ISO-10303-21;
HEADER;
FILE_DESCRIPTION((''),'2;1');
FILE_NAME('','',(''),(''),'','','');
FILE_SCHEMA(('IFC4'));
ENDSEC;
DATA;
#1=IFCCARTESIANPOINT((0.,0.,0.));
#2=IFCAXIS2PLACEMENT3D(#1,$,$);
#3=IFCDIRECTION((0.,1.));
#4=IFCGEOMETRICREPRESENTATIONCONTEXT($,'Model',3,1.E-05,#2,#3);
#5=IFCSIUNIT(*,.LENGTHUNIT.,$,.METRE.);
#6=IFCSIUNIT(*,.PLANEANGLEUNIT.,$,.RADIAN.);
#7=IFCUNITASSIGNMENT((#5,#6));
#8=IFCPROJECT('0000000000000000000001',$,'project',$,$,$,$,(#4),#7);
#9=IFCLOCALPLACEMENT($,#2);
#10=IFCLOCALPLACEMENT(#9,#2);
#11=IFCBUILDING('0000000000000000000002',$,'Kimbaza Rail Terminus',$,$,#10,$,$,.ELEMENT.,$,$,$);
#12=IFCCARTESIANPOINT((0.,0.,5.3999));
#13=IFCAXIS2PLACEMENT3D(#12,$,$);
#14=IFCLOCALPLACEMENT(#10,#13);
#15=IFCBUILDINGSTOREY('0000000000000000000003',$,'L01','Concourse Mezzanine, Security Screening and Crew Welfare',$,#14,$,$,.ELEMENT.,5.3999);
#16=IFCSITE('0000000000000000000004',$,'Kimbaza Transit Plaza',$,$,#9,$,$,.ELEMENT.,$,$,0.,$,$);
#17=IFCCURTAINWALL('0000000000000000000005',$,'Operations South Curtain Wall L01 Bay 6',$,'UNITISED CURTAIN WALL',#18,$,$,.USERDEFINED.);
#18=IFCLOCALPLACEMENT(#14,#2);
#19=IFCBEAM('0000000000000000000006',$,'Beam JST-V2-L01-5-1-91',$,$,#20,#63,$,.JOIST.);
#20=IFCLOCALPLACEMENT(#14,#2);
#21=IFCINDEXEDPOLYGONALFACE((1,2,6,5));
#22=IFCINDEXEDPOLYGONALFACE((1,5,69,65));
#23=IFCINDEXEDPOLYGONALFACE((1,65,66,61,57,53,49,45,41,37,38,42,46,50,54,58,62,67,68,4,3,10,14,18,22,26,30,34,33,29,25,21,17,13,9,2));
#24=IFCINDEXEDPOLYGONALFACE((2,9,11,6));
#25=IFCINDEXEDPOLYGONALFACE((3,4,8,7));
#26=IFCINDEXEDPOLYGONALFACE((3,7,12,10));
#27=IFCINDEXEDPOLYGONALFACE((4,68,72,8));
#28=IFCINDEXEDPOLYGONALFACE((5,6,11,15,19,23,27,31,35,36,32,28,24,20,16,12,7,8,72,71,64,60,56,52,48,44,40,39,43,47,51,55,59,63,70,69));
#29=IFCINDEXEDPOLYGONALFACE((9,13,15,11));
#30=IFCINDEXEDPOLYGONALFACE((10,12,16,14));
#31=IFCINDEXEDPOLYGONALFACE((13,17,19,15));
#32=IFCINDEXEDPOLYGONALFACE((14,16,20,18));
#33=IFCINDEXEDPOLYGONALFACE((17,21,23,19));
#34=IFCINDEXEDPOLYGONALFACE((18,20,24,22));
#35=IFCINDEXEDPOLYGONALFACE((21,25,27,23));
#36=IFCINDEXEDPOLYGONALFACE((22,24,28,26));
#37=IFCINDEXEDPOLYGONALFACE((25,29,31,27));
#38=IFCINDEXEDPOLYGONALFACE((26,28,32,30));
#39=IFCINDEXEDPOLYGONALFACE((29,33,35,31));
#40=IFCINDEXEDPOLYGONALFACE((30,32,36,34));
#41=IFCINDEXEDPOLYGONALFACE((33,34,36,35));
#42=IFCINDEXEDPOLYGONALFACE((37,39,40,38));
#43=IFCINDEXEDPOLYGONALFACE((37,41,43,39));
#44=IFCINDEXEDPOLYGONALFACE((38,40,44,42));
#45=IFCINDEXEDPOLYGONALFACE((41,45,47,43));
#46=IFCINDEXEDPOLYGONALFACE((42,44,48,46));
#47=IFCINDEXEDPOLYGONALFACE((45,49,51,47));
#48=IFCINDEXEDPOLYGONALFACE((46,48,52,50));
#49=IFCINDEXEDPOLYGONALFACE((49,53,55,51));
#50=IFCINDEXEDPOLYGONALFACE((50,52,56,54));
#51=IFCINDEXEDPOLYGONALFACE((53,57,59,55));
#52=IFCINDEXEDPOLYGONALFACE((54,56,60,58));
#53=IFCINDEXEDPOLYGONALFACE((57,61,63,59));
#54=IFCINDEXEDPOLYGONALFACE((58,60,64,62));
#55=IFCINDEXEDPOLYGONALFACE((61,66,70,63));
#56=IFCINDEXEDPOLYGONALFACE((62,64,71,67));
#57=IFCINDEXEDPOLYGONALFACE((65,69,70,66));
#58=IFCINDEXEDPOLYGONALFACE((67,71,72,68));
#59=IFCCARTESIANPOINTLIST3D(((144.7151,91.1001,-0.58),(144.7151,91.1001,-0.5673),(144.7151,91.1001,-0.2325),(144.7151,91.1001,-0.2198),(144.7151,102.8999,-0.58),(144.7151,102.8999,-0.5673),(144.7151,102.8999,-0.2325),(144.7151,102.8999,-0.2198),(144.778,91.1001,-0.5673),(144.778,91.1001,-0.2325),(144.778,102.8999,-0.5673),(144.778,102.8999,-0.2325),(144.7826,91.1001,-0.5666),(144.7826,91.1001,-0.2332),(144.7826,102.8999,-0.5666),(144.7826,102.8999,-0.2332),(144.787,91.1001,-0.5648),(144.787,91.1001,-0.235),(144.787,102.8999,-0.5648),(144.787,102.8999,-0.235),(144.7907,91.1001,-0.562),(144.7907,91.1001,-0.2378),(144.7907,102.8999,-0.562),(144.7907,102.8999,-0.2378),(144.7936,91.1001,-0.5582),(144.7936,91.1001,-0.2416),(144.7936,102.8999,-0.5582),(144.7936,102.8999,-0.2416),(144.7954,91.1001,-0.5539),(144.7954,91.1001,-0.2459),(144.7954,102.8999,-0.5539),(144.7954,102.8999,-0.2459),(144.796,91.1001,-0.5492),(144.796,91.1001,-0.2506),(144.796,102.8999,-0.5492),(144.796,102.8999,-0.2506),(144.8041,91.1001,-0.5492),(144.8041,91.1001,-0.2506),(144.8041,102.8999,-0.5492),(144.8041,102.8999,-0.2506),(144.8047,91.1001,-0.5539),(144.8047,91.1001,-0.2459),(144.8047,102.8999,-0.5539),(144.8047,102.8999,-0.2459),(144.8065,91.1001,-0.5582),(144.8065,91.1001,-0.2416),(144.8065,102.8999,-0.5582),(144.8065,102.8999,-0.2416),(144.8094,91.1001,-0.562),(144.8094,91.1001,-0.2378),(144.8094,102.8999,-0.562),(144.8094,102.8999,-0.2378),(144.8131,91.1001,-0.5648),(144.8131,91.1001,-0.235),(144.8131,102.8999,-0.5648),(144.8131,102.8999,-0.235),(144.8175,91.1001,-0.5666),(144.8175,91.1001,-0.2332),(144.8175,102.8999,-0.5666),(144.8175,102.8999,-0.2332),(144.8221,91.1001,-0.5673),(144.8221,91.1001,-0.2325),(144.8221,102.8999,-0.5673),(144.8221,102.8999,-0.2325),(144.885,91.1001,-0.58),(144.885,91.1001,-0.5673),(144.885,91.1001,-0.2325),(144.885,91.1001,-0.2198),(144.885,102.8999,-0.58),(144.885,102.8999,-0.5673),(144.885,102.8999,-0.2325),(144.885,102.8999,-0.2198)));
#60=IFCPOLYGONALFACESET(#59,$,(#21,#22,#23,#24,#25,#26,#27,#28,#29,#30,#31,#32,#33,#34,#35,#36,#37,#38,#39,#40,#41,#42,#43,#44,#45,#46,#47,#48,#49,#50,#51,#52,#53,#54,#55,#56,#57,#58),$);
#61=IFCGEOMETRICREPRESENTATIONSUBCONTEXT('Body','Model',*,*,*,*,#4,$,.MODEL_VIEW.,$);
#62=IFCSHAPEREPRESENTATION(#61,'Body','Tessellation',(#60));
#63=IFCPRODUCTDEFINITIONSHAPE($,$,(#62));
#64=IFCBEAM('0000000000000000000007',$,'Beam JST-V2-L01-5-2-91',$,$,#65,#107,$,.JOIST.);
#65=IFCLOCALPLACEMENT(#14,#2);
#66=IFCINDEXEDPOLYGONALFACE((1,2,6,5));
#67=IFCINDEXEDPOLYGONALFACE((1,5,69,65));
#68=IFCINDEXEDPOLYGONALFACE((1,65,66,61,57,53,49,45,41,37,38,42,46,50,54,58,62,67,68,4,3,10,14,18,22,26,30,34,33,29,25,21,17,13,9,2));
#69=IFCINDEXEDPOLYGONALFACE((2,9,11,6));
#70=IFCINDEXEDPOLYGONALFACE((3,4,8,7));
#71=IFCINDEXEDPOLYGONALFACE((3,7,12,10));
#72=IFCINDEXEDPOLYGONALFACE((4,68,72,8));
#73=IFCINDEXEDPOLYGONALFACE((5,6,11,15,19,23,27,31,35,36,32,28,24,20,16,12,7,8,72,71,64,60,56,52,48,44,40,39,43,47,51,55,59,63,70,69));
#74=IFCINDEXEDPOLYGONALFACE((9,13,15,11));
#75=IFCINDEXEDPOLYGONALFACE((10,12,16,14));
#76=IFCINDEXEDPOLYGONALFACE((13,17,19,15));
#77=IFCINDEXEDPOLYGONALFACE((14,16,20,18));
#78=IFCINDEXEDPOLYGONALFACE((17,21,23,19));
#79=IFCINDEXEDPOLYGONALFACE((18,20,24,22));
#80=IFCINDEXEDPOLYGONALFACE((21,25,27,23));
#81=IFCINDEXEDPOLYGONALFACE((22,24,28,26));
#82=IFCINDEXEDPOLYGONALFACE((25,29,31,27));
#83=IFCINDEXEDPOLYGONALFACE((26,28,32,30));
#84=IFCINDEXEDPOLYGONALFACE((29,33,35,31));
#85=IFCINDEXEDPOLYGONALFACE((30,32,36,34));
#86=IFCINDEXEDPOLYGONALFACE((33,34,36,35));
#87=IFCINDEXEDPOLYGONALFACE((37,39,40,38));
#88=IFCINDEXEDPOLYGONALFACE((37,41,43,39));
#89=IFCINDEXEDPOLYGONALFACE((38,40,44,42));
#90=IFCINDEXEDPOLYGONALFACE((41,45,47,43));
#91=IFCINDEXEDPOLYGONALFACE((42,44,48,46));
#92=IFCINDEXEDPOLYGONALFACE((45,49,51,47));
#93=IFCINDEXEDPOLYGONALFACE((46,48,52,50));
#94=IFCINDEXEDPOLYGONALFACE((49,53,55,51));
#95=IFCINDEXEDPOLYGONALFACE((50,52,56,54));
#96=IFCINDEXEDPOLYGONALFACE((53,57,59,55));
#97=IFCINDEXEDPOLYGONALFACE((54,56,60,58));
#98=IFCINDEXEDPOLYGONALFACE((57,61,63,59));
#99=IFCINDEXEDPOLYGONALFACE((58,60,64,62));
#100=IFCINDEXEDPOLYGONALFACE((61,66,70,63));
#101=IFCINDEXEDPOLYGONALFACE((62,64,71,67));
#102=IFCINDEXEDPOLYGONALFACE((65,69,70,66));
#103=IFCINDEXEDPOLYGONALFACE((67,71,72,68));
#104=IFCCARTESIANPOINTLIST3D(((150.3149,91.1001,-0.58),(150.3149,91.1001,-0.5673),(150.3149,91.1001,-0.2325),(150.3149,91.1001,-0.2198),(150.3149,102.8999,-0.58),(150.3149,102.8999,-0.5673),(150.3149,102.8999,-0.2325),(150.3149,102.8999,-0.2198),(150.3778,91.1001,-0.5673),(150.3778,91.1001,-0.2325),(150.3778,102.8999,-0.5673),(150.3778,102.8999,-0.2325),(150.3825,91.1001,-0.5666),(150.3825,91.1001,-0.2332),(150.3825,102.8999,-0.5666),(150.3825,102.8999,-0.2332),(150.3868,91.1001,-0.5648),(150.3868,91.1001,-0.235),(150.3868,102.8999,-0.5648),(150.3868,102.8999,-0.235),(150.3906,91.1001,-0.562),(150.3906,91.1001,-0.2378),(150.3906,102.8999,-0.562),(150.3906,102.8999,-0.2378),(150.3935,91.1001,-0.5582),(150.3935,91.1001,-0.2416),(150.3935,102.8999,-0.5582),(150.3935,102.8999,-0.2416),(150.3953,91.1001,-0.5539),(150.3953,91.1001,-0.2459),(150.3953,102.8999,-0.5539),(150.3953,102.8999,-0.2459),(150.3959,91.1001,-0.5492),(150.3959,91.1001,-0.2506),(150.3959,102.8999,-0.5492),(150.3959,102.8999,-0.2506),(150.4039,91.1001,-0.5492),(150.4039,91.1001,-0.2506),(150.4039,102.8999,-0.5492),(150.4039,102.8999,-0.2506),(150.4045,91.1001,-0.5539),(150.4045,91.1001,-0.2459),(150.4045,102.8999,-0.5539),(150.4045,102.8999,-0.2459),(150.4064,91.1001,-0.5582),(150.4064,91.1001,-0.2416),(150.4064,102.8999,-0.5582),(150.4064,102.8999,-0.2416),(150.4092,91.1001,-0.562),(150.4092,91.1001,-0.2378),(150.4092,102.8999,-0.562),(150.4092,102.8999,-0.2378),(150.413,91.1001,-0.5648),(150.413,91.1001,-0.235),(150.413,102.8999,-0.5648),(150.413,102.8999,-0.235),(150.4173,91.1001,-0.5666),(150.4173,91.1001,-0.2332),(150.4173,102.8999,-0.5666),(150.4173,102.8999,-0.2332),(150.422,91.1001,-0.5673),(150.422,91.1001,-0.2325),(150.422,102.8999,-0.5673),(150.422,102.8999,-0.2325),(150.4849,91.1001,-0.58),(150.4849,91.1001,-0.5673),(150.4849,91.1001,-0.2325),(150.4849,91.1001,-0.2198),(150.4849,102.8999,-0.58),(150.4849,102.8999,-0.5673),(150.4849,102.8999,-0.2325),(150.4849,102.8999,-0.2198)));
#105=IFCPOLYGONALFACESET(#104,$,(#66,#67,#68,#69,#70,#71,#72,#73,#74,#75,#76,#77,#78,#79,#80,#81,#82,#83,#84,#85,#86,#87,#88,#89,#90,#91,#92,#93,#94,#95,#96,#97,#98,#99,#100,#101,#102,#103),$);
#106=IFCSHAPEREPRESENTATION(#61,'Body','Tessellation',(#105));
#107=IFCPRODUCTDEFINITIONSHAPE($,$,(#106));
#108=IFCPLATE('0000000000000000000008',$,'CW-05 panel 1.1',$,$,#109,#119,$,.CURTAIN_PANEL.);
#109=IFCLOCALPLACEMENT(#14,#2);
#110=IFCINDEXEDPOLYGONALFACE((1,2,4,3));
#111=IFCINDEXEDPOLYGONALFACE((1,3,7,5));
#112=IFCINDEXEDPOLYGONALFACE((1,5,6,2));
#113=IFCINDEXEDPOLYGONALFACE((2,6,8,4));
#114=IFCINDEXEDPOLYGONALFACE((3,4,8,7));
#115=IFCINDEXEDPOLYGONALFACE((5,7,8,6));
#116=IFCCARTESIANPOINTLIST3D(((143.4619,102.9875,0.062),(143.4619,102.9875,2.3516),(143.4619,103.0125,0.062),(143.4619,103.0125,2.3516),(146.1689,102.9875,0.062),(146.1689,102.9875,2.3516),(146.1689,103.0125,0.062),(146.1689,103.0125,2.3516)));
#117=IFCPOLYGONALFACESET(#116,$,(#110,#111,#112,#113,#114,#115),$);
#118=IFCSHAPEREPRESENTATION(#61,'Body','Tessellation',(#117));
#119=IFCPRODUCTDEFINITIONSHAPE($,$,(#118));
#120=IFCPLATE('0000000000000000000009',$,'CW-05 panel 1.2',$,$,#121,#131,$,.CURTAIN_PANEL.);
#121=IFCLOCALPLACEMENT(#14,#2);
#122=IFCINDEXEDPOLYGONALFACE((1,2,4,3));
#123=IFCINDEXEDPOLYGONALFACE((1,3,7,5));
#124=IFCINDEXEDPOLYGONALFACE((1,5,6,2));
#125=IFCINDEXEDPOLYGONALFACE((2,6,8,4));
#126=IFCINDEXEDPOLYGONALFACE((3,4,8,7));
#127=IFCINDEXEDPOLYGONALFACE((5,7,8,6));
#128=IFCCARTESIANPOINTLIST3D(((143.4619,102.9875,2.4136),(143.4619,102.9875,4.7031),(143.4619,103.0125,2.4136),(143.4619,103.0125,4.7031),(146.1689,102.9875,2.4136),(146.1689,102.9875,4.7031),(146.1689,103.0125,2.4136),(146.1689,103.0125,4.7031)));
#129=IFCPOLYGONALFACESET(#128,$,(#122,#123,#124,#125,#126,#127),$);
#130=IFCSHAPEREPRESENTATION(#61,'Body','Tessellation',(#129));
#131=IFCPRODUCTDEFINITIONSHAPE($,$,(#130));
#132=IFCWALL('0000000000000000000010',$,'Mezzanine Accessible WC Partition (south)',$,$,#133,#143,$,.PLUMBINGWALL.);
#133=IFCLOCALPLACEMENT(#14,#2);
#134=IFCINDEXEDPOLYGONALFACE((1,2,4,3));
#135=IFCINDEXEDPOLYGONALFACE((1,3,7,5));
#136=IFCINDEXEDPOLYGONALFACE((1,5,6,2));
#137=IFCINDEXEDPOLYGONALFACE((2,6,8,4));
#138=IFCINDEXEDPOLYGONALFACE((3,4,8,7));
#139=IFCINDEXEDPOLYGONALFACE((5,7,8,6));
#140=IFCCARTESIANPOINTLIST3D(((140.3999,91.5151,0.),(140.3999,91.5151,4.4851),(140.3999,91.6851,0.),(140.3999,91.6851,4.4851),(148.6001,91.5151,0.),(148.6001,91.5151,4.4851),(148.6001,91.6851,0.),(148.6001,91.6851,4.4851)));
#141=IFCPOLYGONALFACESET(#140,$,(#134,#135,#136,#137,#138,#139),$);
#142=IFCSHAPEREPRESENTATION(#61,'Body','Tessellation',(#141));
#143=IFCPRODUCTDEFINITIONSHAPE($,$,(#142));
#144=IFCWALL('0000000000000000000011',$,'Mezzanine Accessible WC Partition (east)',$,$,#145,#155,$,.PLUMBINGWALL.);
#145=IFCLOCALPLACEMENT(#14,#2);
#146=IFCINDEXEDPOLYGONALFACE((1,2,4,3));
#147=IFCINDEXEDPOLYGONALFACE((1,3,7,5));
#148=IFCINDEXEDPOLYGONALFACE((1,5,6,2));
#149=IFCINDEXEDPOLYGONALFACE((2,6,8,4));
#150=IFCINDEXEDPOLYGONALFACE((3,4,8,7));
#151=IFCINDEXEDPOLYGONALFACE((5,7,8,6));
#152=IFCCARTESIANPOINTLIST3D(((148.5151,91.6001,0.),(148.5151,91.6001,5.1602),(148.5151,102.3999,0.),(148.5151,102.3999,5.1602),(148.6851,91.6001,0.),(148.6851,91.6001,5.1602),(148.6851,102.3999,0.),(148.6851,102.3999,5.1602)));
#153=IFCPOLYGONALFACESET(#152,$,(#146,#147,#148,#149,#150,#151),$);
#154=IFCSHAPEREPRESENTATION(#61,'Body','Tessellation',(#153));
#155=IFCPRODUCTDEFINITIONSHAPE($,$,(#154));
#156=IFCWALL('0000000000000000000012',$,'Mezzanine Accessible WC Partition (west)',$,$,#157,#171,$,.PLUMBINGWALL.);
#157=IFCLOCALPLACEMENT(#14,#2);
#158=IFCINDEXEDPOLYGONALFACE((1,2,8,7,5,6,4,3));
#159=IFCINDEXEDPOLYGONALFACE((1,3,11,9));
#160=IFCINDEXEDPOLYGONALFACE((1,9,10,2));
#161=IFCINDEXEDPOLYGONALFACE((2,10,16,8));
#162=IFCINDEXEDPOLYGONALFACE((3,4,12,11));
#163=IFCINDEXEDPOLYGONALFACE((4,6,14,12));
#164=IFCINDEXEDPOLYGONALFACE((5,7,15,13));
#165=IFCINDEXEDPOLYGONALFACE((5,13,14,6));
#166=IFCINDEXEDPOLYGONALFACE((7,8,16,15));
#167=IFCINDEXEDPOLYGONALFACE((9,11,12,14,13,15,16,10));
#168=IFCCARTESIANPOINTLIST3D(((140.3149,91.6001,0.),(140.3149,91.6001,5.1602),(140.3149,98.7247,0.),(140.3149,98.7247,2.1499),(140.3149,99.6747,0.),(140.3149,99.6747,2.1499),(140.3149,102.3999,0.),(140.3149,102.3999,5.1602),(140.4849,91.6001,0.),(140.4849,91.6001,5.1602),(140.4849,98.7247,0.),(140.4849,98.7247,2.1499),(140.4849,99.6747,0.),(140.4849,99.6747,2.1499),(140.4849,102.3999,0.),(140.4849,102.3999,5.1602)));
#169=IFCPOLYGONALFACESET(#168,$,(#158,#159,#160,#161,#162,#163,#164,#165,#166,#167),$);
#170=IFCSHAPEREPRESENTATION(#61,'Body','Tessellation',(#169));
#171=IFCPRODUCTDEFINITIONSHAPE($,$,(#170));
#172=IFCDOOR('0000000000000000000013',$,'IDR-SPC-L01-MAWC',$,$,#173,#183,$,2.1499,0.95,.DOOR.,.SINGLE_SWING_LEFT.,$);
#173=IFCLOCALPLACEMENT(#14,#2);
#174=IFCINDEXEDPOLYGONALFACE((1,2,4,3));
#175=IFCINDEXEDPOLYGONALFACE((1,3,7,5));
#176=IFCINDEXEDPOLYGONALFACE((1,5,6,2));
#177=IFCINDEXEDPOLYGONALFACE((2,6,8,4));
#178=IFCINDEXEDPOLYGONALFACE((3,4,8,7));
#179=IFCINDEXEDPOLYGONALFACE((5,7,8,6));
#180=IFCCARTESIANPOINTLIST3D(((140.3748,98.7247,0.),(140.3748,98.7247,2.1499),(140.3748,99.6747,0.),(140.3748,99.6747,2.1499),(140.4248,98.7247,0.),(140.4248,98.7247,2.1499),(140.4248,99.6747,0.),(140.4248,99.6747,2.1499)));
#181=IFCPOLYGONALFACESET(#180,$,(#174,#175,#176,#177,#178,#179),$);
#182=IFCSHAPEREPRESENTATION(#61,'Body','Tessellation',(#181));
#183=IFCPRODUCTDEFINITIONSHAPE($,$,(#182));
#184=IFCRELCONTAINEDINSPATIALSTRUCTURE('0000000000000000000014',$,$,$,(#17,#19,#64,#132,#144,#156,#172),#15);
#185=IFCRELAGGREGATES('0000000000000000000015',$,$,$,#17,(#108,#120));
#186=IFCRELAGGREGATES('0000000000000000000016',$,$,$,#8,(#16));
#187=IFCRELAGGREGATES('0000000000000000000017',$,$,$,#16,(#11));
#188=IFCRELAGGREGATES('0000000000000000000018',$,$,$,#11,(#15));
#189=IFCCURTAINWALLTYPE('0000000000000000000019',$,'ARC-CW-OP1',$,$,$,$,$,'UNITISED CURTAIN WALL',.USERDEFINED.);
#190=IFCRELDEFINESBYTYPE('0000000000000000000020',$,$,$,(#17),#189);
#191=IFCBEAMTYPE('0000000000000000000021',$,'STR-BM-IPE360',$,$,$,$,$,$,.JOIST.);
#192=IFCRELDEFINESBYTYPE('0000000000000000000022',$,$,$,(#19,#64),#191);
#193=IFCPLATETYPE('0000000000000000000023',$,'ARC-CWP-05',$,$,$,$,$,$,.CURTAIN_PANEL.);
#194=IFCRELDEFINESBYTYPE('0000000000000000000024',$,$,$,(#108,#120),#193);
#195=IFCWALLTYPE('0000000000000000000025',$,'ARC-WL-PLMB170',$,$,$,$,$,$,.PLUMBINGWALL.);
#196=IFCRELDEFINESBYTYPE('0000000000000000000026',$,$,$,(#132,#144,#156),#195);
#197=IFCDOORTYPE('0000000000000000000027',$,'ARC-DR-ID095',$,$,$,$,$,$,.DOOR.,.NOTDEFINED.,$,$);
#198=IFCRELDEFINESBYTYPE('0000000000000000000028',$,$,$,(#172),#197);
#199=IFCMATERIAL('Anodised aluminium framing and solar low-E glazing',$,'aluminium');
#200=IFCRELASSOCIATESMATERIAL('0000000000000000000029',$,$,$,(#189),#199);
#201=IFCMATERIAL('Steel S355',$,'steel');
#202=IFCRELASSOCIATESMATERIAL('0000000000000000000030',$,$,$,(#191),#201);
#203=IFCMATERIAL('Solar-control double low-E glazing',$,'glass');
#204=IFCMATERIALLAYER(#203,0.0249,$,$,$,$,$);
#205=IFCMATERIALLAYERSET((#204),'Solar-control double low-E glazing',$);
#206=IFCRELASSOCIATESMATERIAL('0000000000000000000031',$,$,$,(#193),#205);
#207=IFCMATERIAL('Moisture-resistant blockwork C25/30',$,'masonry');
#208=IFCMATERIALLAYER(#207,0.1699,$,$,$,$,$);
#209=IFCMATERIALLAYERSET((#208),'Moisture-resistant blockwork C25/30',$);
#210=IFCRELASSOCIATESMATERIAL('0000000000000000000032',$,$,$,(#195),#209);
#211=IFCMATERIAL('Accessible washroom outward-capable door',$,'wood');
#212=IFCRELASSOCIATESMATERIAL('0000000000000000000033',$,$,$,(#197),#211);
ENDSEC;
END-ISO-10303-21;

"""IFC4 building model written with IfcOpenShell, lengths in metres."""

from ifc_helpers import new_model, si_unit, direction, frame, frame_2d, origin, origin_2d, place, context, subcontext, project, spatial, rectangle, i_section, extrude, material, layer, layer_set, material_profile, profile_set, type_object, element, fill, aggregate, save


model = new_model("IFC4")

# Units and contexts
model_context = context("Model", 3, precision=1e-05, world=origin(), true_north=direction((0.0, 1.0)))
body_context = subcontext(model_context, "Body", "Model", "MODEL_VIEW")
ifc_project = project(units=[si_unit("LENGTHUNIT", "METRE"), si_unit("PLANEANGLEUNIT", "RADIAN")], contexts=[model_context])

# Site, building, storey
site_placement = place(None, origin())
site = spatial("IfcSite", under=ifc_project, at=site_placement, Name="Kimbaza Transit Plaza", CompositionType="ELEMENT", RefElevation=0.0)
building_placement = place(site_placement, origin())
building = spatial("IfcBuilding", under=site, at=building_placement, Name="Kimbaza Rail Terminus", CompositionType="ELEMENT")
storey_placement = place(building_placement, frame((0.0, 0.0, 5.3999)))
storey = spatial("IfcBuildingStorey", under=building, at=storey_placement, Name="L01", Description="Concourse Mezzanine, Security Screening and Crew Welfare", CompositionType="ELEMENT", Elevation=5.3999)

# Curtain wall
ifc_material_1 = material(Name="Anodised aluminium framing and solar low-E glazing", Category="aluminium")
curtain_wall_type = type_object("IfcCurtainWallType", Name="ARC-CW-OP1", ElementType="UNITISED CURTAIN WALL", PredefinedType="USERDEFINED", material=ifc_material_1)
curtain_wall_placement = place(storey_placement, origin())
curtain_wall = element("IfcCurtainWall", 1, at=curtain_wall_placement, inside=storey, type_object=curtain_wall_type, Name="Operations South Curtain Wall L01 Bay 6", ObjectType="UNITISED CURTAIN WALL", PredefinedType="USERDEFINED")

# Beams
ifc_material_2 = material(Name="Steel S355", Category="steel")
ifc_material_profile_1 = material_profile(ifc_material_2, i_section(OverallWidth=0.1699, OverallDepth=0.3601, WebThickness=0.0081, FlangeThickness=0.0127, FilletRadius=0.0181, at=origin_2d()), Name="IPE 360")
ifc_profile_set_1 = profile_set([ifc_material_profile_1], Name="Steel S355")
beam_type_1 = type_object("IfcBeamType", Name="STR-BM-IPE360", PredefinedType="JOIST", material=ifc_profile_set_1)
for number, where, z_axis, x_axis, name in (
    (2, (144.8, 91.1001, -0.3999), (0.0, 1.0, 0.0), (-1.0, 0.0, 0.0), "Beam JST-V2-L01-5-1-91"),
    (3, (150.3999, 91.1001, -0.3999), (0.0, 1.0, 0.0), (-1.0, 0.0, 0.0), "Beam JST-V2-L01-5-2-91"),
):
    element("IfcBeam", number, at=place(storey_placement, frame(where, z_axis=z_axis, x_axis=x_axis)), inside=storey, type_object=beam_type_1, Name=name, PredefinedType="JOIST", context=body_context, shape_type="SweptSolid", body=[
        extrude(i_section(OverallWidth=0.1699, OverallDepth=0.3601, WebThickness=0.0081, FlangeThickness=0.0127, FilletRadius=0.0181, at=origin_2d()), origin(), (0.0, 0.0, 1.0), 11.7998),
    ])

# Plates
ifc_material_3 = material(Name="Solar-control double low-E glazing", Category="glass")
ifc_layer_1 = layer(ifc_material_3, 0.0249)
ifc_layer_set_1 = layer_set([ifc_layer_1], Name="Solar-control double low-E glazing")
plate_type = type_object("IfcPlateType", Name="ARC-CWP-05", PredefinedType="CURTAIN_PANEL", material=ifc_layer_set_1)
plate_1_placement = place(storey_placement, frame((144.8154, 103.0, 0.062), z_axis=(0.0, 0.0, 1.0), x_axis=(1.0, 0.0, 0.0)))
plate_1 = element("IfcPlate", 4, at=plate_1_placement, type_object=plate_type, Name="CW-05 panel 1.1", PredefinedType="CURTAIN_PANEL", context=body_context, shape_type="SweptSolid", body=[
    extrude(rectangle(XDim=2.707, YDim=0.0249, at=origin_2d()), origin(), (0.0, 0.0, 1.0), 2.2896),
])
plate_2_placement = place(storey_placement, frame((144.8154, 103.0, 2.4136), z_axis=(0.0, 0.0, 1.0), x_axis=(1.0, 0.0, 0.0)))
plate_2 = element("IfcPlate", 5, at=plate_2_placement, type_object=plate_type, Name="CW-05 panel 1.2", PredefinedType="CURTAIN_PANEL", context=body_context, shape_type="SweptSolid", body=[
    extrude(rectangle(XDim=2.707, YDim=0.0249, at=origin_2d()), origin(), (0.0, 0.0, 1.0), 2.2896),
])
aggregate(curtain_wall, [plate_1, plate_2])

# Walls
ifc_material_4 = material(Name="Moisture-resistant blockwork C25/30", Category="masonry")
ifc_layer_2 = layer(ifc_material_4, 0.1699)
ifc_layer_set_2 = layer_set([ifc_layer_2], Name="Moisture-resistant blockwork C25/30")
wall_type_1 = type_object("IfcWallType", Name="ARC-WL-PLMB170", PredefinedType="PLUMBINGWALL", material=ifc_layer_set_2)
wall_1_placement = place(storey_placement, frame((140.3999, 91.6001, 0.0), z_axis=(0.0, 0.0, 1.0), x_axis=(1.0, 0.0, 0.0)))
element("IfcWall", 6, at=wall_1_placement, inside=storey, type_object=wall_type_1, Name="Mezzanine Accessible WC Partition (south)", PredefinedType="PLUMBINGWALL", context=body_context, shape_type="SweptSolid", body=[
    extrude(rectangle(XDim=8.2002, YDim=0.1699, at=frame_2d((4.1001, 0.0))), origin(), (0.0, 0.0, 1.0), 4.4851),
])
wall_2_placement = place(storey_placement, frame((148.6001, 91.6001, 0.0), z_axis=(0.0, 0.0, 1.0), x_axis=(0.0, 1.0, 0.0)))
element("IfcWall", 7, at=wall_2_placement, inside=storey, type_object=wall_type_1, Name="Mezzanine Accessible WC Partition (east)", PredefinedType="PLUMBINGWALL", context=body_context, shape_type="SweptSolid", body=[
    extrude(rectangle(XDim=10.7998, YDim=0.1699, at=frame_2d((5.3999, 0.0))), origin(), (0.0, 0.0, 1.0), 5.1602),
])

# Wall, opening, door
wall_3_placement = place(storey_placement, frame((140.3999, 102.3999, 0.0), z_axis=(0.0, 0.0, 1.0), x_axis=(0.0, -1.0, 0.0)))
wall_3 = element("IfcWall", 8, at=wall_3_placement, inside=storey, type_object=wall_type_1, Name="Mezzanine Accessible WC Partition (west)", PredefinedType="PLUMBINGWALL", context=body_context, shape_type="SweptSolid", body=[
    extrude(rectangle(XDim=10.7998, YDim=0.1699, at=frame_2d((5.3999, 0.0))), origin(), (0.0, 0.0, 1.0), 5.1602),
])
opening_1_placement = place(wall_3_placement, frame((2.7251, 0.0, 0.0)))
opening_1 = element("IfcOpeningElement", 9, at=opening_1_placement, cuts=wall_3, PredefinedType="OPENING", context=body_context, shape_type="SweptSolid", body=[
    extrude(rectangle(XDim=0.95, YDim=2.1499, at=frame_2d((0.4751, 1.075))), frame((0.0, 0.095, 0.0), z_axis=(0.0, -1.0, 0.0), x_axis=(1.0, 0.0, 0.0)), (0.0, 0.0, 1.0), 0.1899),
])
ifc_material_5 = material(Name="Accessible washroom outward-capable door", Category="wood")
door_type_1 = type_object("IfcDoorType", Name="ARC-DR-ID095", OperationType="NOTDEFINED", PredefinedType="DOOR", material=ifc_material_5)
door_1_placement = place(opening_1_placement, origin())
door_1 = element("IfcDoor", 10, at=door_1_placement, inside=storey, type_object=door_type_1, Name="IDR-SPC-L01-MAWC", OperationType="SINGLE_SWING_LEFT", OverallHeight=2.1499, OverallWidth=0.95, PredefinedType="DOOR", context=body_context, shape_type="SweptSolid", body=[
    extrude(rectangle(XDim=0.95, YDim=2.1499, at=frame_2d((0.4751, 1.075))), frame((0.0, 0.0249, 0.0), z_axis=(0.0, -1.0, 0.0), x_axis=(1.0, 0.0, 0.0)), (0.0, 0.0, 1.0), 0.05),
])
fill(opening_1, door_1)

save(model, "model.ifc")
